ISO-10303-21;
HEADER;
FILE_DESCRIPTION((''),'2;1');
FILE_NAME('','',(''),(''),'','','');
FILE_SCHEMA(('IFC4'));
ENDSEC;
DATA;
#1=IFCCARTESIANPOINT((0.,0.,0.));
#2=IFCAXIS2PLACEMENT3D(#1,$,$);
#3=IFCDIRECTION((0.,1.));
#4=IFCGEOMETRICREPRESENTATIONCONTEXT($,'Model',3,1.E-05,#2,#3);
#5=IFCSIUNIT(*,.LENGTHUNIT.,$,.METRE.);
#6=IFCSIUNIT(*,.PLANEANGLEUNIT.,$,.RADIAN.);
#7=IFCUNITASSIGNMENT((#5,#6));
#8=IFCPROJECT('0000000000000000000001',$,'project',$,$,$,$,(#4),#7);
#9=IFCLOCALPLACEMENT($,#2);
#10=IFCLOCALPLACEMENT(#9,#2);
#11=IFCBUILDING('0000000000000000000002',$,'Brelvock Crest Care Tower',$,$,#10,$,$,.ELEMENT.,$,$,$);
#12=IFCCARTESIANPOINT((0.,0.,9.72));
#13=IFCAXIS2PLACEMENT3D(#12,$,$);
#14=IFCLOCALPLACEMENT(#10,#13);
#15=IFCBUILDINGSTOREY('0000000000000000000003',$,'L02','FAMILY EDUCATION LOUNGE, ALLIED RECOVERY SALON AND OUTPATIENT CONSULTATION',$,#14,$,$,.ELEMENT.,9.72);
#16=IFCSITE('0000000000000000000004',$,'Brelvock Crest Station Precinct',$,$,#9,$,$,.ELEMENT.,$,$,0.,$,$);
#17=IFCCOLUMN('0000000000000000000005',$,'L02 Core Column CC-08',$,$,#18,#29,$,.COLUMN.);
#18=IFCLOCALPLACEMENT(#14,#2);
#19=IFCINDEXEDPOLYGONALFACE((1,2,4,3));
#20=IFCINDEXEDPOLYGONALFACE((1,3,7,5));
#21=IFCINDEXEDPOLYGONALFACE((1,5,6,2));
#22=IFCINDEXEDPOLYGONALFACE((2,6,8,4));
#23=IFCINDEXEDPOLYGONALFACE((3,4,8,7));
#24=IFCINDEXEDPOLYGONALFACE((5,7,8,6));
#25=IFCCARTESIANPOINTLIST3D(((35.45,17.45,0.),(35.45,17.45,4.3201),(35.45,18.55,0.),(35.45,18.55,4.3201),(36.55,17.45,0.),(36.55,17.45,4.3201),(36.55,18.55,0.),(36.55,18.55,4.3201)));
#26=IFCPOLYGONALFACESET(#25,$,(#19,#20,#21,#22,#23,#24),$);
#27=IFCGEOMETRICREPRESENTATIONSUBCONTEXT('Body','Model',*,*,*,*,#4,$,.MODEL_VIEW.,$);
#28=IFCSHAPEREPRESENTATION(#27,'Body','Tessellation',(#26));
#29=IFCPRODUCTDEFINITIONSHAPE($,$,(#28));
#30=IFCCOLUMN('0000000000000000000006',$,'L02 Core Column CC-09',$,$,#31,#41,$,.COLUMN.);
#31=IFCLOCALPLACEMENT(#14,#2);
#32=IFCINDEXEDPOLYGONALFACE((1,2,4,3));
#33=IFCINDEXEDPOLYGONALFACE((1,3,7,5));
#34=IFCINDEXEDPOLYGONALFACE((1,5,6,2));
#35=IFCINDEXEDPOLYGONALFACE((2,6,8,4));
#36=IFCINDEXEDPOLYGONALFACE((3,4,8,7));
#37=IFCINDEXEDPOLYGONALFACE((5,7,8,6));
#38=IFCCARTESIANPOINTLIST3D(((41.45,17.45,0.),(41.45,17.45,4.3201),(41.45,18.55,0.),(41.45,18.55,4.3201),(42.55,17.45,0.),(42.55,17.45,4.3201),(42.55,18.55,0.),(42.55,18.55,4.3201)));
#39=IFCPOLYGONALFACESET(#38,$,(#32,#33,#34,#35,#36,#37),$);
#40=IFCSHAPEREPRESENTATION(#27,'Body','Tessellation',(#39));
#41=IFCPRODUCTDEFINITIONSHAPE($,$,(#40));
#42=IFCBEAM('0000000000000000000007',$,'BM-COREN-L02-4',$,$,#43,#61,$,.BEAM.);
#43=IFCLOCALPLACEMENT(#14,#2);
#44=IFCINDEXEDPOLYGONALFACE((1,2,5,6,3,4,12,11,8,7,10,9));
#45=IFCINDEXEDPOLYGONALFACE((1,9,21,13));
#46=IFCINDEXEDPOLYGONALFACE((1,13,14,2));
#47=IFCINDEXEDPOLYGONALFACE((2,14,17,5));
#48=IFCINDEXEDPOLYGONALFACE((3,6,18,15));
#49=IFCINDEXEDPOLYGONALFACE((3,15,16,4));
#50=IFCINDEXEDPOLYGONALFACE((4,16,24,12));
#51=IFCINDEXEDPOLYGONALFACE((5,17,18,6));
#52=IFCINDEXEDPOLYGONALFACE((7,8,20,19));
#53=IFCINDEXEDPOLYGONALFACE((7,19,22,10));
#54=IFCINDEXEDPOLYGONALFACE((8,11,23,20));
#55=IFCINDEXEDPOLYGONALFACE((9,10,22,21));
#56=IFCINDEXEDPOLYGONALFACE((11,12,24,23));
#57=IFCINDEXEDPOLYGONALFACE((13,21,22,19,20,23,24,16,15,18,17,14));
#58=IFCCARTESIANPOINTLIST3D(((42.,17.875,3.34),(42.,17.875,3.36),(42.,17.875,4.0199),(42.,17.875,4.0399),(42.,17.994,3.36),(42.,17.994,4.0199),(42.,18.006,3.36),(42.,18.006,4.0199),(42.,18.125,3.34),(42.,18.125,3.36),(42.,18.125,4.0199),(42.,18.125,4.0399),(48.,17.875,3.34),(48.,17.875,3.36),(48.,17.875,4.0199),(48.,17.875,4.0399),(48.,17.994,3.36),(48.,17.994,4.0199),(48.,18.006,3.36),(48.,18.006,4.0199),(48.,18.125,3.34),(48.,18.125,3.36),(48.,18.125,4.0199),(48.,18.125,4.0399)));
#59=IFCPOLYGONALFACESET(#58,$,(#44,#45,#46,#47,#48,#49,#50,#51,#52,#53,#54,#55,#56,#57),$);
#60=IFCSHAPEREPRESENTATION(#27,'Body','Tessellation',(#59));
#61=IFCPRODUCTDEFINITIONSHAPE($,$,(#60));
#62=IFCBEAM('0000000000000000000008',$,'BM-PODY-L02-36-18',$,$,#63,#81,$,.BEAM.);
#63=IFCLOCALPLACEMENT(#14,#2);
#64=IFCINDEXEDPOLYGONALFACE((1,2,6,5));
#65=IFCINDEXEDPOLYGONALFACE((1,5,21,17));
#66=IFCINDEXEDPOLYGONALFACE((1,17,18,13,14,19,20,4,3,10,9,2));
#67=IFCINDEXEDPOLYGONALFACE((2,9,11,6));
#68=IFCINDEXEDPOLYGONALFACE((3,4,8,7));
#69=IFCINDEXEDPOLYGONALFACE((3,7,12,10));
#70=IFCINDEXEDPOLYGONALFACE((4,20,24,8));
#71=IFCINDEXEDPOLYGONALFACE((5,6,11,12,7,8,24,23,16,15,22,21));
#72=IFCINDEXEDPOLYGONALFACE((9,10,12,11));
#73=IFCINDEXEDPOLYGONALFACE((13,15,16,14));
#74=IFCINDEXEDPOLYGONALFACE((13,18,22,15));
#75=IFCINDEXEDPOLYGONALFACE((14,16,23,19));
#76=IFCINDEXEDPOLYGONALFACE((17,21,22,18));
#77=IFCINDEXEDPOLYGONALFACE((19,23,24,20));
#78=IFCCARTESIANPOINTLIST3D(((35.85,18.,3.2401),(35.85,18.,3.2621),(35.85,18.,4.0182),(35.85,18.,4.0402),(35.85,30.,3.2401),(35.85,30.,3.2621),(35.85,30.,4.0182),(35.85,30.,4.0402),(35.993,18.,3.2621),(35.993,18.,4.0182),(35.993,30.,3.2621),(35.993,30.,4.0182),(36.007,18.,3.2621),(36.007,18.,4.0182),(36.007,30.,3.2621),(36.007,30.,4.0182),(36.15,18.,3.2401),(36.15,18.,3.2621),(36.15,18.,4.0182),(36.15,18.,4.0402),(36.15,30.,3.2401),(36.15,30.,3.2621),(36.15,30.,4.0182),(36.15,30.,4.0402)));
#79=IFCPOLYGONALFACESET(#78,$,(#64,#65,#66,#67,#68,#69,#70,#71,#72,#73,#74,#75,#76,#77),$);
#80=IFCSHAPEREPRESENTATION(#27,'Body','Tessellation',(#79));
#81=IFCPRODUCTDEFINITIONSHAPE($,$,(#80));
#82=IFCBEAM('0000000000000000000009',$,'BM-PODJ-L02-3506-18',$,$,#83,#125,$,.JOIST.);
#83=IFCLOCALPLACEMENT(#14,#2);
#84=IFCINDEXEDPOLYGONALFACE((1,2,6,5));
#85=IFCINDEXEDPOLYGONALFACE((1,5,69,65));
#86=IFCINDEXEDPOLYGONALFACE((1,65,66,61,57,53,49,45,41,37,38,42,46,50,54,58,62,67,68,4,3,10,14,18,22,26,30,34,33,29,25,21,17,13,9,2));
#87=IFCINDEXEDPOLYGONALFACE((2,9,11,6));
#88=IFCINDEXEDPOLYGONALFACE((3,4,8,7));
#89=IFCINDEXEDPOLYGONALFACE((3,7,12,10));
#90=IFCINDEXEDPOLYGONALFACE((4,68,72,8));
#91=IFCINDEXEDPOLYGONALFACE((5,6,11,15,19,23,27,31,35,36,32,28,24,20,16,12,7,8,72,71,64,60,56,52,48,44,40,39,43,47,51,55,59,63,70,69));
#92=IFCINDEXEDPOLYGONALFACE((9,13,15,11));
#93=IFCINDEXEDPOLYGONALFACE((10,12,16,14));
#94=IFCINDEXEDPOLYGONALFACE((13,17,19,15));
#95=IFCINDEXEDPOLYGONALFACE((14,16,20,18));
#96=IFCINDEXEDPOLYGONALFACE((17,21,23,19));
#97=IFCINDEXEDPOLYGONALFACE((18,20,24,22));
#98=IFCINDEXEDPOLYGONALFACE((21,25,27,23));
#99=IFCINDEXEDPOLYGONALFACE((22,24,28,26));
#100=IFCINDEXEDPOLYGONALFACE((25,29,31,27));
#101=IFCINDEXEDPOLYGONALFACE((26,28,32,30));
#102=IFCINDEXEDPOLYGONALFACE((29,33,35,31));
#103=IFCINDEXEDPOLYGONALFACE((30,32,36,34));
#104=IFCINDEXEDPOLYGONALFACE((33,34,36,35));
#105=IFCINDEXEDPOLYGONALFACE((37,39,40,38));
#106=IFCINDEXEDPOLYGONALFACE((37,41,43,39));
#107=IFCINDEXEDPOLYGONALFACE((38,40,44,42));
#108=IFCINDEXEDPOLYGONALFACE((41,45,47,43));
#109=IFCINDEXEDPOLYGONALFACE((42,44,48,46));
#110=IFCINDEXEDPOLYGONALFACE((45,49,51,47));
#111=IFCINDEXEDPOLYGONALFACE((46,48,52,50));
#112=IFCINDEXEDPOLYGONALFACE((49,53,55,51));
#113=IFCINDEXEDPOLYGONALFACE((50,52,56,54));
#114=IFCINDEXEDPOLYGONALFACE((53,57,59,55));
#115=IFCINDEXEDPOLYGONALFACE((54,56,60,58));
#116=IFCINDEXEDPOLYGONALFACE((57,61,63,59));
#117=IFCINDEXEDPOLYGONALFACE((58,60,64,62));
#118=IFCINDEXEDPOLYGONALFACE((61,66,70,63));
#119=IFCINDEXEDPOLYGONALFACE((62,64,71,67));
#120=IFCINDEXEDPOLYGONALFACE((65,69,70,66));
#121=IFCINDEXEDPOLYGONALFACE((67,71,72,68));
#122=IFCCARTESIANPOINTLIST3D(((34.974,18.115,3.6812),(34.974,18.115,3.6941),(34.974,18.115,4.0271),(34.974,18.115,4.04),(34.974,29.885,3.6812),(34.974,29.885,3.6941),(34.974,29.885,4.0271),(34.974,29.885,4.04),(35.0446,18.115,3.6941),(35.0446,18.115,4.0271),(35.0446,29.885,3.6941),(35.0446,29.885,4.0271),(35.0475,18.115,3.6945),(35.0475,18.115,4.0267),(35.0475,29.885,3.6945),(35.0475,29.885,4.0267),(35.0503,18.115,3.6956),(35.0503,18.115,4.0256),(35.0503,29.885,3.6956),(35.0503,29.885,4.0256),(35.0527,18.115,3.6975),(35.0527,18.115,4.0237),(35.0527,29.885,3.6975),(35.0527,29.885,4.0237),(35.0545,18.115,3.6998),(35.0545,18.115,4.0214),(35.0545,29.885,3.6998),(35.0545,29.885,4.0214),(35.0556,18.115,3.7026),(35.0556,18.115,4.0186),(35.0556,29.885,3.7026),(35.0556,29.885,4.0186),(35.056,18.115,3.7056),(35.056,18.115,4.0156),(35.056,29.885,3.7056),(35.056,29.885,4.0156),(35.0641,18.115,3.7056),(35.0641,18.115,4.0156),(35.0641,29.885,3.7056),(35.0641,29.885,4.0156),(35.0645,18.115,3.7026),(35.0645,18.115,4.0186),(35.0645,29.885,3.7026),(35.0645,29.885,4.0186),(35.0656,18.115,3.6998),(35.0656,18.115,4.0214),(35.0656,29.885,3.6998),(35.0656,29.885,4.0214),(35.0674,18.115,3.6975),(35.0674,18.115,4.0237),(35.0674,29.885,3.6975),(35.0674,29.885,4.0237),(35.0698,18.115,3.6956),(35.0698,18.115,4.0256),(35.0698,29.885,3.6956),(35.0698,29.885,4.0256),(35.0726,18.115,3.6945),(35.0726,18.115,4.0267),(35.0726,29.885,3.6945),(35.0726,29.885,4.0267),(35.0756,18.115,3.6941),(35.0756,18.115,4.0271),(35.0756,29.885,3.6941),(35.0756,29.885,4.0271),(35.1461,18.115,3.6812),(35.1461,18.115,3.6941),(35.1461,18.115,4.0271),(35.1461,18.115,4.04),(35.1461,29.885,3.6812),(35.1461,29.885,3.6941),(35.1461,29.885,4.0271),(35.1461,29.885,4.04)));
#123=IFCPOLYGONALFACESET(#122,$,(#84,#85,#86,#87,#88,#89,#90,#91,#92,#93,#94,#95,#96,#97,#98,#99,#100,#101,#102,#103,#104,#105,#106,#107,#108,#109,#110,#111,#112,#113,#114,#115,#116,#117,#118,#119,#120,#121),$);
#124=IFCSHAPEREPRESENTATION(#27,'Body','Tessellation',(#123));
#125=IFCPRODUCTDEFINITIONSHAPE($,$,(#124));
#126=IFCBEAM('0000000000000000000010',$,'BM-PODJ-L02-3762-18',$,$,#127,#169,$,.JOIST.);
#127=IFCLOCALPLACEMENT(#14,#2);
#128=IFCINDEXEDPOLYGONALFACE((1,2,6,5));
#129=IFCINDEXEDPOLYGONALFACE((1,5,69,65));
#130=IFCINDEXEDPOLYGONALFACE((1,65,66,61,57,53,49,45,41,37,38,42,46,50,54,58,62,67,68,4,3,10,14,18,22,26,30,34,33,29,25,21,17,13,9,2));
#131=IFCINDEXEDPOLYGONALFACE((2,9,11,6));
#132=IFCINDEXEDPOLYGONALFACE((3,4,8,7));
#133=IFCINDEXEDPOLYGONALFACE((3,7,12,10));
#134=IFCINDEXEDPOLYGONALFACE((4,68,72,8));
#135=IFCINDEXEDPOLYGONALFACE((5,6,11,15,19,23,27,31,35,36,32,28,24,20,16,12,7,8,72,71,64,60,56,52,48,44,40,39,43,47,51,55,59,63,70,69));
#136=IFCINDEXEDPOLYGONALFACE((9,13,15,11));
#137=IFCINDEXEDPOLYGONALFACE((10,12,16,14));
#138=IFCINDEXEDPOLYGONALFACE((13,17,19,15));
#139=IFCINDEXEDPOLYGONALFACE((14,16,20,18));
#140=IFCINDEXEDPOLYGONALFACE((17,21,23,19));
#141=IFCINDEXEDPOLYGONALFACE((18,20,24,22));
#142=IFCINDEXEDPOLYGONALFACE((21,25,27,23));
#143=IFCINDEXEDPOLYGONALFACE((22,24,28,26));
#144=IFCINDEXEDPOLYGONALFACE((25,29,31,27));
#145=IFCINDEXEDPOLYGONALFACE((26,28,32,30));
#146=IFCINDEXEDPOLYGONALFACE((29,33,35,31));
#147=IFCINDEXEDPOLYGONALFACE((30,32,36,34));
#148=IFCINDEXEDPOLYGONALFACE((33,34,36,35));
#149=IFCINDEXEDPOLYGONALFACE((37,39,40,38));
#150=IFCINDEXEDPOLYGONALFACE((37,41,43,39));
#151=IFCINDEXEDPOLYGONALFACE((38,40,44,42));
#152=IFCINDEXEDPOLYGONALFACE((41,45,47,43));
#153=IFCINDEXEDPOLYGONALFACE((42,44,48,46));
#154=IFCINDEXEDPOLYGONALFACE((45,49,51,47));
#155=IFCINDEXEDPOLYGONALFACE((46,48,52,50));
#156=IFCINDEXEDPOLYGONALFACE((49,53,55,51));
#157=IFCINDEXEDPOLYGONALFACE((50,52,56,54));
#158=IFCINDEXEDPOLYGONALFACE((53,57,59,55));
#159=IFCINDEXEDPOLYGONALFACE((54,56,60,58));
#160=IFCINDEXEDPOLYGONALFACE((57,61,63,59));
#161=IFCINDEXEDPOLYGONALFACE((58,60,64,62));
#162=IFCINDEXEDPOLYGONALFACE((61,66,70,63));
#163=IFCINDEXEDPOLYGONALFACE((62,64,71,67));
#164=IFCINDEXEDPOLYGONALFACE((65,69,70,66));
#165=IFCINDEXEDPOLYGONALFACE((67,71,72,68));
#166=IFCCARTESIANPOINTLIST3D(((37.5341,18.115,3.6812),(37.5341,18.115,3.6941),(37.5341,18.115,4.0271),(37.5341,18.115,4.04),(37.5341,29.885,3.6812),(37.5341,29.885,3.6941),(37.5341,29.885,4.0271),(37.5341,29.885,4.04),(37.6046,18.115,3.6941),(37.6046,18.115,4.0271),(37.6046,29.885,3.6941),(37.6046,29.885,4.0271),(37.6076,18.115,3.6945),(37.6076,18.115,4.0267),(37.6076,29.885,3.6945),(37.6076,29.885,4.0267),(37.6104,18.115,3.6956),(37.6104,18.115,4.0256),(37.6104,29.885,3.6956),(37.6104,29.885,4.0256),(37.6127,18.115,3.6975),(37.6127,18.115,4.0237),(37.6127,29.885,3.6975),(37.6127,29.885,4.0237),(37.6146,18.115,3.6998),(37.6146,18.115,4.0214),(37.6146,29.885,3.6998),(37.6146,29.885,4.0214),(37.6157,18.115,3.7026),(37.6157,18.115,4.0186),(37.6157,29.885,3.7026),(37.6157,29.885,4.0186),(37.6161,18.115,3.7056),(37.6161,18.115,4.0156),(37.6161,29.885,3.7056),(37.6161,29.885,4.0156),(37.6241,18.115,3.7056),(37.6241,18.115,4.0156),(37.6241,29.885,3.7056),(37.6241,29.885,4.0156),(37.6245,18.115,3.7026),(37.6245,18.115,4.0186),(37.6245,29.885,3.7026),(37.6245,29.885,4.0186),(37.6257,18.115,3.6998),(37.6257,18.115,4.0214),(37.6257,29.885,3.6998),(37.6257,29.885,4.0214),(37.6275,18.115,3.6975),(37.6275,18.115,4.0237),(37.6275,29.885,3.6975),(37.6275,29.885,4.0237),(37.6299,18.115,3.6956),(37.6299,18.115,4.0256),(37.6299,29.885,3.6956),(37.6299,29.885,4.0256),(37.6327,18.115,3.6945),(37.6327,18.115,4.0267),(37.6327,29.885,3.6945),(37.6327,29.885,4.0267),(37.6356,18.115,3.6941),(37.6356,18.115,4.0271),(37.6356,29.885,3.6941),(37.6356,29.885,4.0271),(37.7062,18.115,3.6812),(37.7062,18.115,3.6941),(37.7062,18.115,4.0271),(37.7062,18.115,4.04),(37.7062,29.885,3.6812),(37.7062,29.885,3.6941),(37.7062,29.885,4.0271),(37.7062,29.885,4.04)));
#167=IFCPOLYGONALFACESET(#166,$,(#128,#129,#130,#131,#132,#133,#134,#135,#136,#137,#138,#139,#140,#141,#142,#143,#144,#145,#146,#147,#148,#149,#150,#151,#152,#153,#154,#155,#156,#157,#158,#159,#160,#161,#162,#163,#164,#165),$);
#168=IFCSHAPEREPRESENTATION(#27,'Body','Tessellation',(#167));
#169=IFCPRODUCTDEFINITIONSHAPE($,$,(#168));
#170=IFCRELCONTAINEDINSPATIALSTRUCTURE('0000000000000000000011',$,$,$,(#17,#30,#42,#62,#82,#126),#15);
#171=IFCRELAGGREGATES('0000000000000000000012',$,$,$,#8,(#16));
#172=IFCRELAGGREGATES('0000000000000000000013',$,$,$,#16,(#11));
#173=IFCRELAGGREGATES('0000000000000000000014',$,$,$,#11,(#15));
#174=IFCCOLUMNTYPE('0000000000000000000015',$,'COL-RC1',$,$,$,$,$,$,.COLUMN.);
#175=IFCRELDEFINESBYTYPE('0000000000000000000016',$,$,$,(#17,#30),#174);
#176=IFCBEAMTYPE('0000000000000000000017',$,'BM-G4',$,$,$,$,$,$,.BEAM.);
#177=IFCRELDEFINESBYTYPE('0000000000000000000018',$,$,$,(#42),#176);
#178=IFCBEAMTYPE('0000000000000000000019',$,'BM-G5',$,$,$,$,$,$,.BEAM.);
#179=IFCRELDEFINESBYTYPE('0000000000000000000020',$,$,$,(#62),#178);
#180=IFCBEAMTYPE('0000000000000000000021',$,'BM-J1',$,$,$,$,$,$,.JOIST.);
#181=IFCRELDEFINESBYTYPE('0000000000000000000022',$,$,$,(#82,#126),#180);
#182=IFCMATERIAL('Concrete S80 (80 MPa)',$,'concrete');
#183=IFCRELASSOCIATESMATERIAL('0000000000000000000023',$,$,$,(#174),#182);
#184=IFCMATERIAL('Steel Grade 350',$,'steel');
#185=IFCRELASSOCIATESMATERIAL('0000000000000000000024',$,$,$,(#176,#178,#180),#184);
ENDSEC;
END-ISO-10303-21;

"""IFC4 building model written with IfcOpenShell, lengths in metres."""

from ifc_helpers import new_model, si_unit, direction, frame, origin, origin_2d, place, context, subcontext, project, spatial, rectangle, i_section, extrude, source, transform, mapped, material, material_profile, profile_set, type_object, element, save


model = new_model("IFC4")

# Units and contexts
model_context = context("Model", 3, precision=1e-05, world=origin(), true_north=direction((0.0, 1.0)))
body_context = subcontext(model_context, "Body", "Model", "MODEL_VIEW")
ifc_project = project(units=[si_unit("LENGTHUNIT", "METRE"), si_unit("PLANEANGLEUNIT", "RADIAN")], contexts=[model_context])

# Site, building, storey
site_placement = place(None, origin())
site = spatial("IfcSite", under=ifc_project, at=site_placement, Name="Brelvock Crest Station Precinct", CompositionType="ELEMENT", RefElevation=0.0)
building_placement = place(site_placement, origin())
building = spatial("IfcBuilding", under=site, at=building_placement, Name="Brelvock Crest Care Tower", CompositionType="ELEMENT")
storey_placement = place(building_placement, frame((0.0, 0.0, 9.72)))
storey = spatial("IfcBuildingStorey", under=building, at=storey_placement, Name="L02", Description="FAMILY EDUCATION LOUNGE, ALLIED RECOVERY SALON AND OUTPATIENT CONSULTATION", CompositionType="ELEMENT", Elevation=9.72)

# Columns
ifc_material_1 = material(Name="Concrete S80 (80 MPa)", Category="concrete")
ifc_material_profile_1 = material_profile(ifc_material_1, rectangle(XDim=1.1001, YDim=1.1001, at=origin_2d()), Name="RC1100x1100")
ifc_profile_set_1 = profile_set([ifc_material_profile_1], Name="Concrete S80 (80 MPa)")
column_type = type_object("IfcColumnType", Name="COL-RC1", PredefinedType="COLUMN", material=ifc_profile_set_1)
shared_shape_1 = source(origin(), body_context, "Body", "SweptSolid", [
    extrude(rectangle(XDim=1.1001, YDim=1.1001, at=origin_2d()), origin(), (0.0, 0.0, 1.0), 4.3201),
])
for number, where, z_axis, x_axis, name in (
    (1, (36.0, 18.0, 0.0), (0.0, 0.0, 1.0), (1.0, 0.0, 0.0), "L02 Core Column CC-08"),
    (2, (42.0, 18.0, 0.0), (0.0, 0.0, 1.0), (1.0, 0.0, 0.0), "L02 Core Column CC-09"),
):
    element("IfcColumn", number, at=place(storey_placement, frame(where, z_axis=z_axis, x_axis=x_axis)), inside=storey, type_object=column_type, Name=name, PredefinedType="COLUMN", context=body_context, shape_type="MappedRepresentation", body=[
        mapped(shared_shape_1, transform((0.0, 0.0, 0.0), x_axis=(1.0, 0.0, 0.0), y_axis=(0.0, 1.0, 0.0), z_axis=(0.0, 0.0, 1.0), scale=1.0)),
    ])

# Beams
ifc_material_2 = material(Name="Steel Grade 350", Category="steel")
ifc_material_profile_2 = material_profile(ifc_material_2, i_section(OverallWidth=0.25, OverallDepth=0.7, WebThickness=0.012, FlangeThickness=0.02, at=origin_2d()), Name="700WB150")
ifc_profile_set_2 = profile_set([ifc_material_profile_2], Name="Steel Grade 350")
beam_type_1 = type_object("IfcBeamType", Name="BM-G4", PredefinedType="BEAM", material=ifc_profile_set_2)
shared_shape_2 = source(origin(), body_context, "Body", "SweptSolid", [
    extrude(i_section(OverallWidth=0.25, OverallDepth=0.7, WebThickness=0.012, FlangeThickness=0.02, at=origin_2d()), origin(), (0.0, 0.0, 1.0), 6.0),
])
beam_1_placement = place(storey_placement, frame((42.0, 18.0, 3.6899), z_axis=(1.0, 0.0, 0.0), x_axis=(0.0, 1.0, 0.0)))
element("IfcBeam", 3, at=beam_1_placement, inside=storey, type_object=beam_type_1, Name="BM-COREN-L02-4", PredefinedType="BEAM", context=body_context, shape_type="MappedRepresentation", body=[
    mapped(shared_shape_2, transform((0.0, 0.0, 0.0), x_axis=(1.0, 0.0, 0.0), y_axis=(0.0, 1.0, 0.0), z_axis=(0.0, 0.0, 1.0), scale=1.0)),
])
ifc_material_profile_3 = material_profile(ifc_material_2, i_section(OverallWidth=0.3, OverallDepth=0.8, WebThickness=0.0139, FlangeThickness=0.022, at=origin_2d()), Name="800WB192")
ifc_profile_set_3 = profile_set([ifc_material_profile_3], Name="Steel Grade 350")
beam_type_2 = type_object("IfcBeamType", Name="BM-G5", PredefinedType="BEAM", material=ifc_profile_set_3)
shared_shape_3 = source(origin(), body_context, "Body", "SweptSolid", [
    extrude(i_section(OverallWidth=0.3, OverallDepth=0.8, WebThickness=0.0139, FlangeThickness=0.022, at=origin_2d()), origin(), (0.0, 0.0, 1.0), 12.0),
])
beam_2_placement = place(storey_placement, frame((36.0, 18.0, 3.6401), z_axis=(0.0, 1.0, 0.0), x_axis=(-1.0, 0.0, 0.0)))
element("IfcBeam", 4, at=beam_2_placement, inside=storey, type_object=beam_type_2, Name="BM-PODY-L02-36-18", PredefinedType="BEAM", context=body_context, shape_type="MappedRepresentation", body=[
    mapped(shared_shape_3, transform((0.0, 0.0, 0.0), x_axis=(1.0, 0.0, 0.0), y_axis=(0.0, 1.0, 0.0), z_axis=(0.0, 0.0, 1.0), scale=1.0)),
])
ifc_material_profile_4 = material_profile(ifc_material_2, i_section(OverallWidth=0.1721, OverallDepth=0.3589, WebThickness=0.0081, FlangeThickness=0.0129, FilletRadius=0.0115, at=origin_2d()), Name="360UB56.7")
ifc_profile_set_4 = profile_set([ifc_material_profile_4], Name="Steel Grade 350")
beam_type_3 = type_object("IfcBeamType", Name="BM-J1", PredefinedType="JOIST", material=ifc_profile_set_4)
shared_shape_4 = source(origin(), body_context, "Body", "SweptSolid", [
    extrude(i_section(OverallWidth=0.1721, OverallDepth=0.3589, WebThickness=0.0081, FlangeThickness=0.0129, FilletRadius=0.0115, at=origin_2d()), origin(), (0.0, 0.0, 1.0), 11.77),
])
for number, where, z_axis, x_axis, name in (
    (5, (35.0601, 18.115, 3.8606), (0.0, 1.0, 0.0), (-1.0, 0.0, 0.0), "BM-PODJ-L02-3506-18"),
    (6, (37.6201, 18.115, 3.8606), (0.0, 1.0, 0.0), (-1.0, 0.0, 0.0), "BM-PODJ-L02-3762-18"),
):
    element("IfcBeam", number, at=place(storey_placement, frame(where, z_axis=z_axis, x_axis=x_axis)), inside=storey, type_object=beam_type_3, Name=name, PredefinedType="JOIST", context=body_context, shape_type="MappedRepresentation", body=[
        mapped(shared_shape_4, transform((0.0, 0.0, 0.0), x_axis=(1.0, 0.0, 0.0), y_axis=(0.0, 1.0, 0.0), z_axis=(0.0, 0.0, 1.0), scale=1.0)),
    ])

save(model, "model.ifc")
